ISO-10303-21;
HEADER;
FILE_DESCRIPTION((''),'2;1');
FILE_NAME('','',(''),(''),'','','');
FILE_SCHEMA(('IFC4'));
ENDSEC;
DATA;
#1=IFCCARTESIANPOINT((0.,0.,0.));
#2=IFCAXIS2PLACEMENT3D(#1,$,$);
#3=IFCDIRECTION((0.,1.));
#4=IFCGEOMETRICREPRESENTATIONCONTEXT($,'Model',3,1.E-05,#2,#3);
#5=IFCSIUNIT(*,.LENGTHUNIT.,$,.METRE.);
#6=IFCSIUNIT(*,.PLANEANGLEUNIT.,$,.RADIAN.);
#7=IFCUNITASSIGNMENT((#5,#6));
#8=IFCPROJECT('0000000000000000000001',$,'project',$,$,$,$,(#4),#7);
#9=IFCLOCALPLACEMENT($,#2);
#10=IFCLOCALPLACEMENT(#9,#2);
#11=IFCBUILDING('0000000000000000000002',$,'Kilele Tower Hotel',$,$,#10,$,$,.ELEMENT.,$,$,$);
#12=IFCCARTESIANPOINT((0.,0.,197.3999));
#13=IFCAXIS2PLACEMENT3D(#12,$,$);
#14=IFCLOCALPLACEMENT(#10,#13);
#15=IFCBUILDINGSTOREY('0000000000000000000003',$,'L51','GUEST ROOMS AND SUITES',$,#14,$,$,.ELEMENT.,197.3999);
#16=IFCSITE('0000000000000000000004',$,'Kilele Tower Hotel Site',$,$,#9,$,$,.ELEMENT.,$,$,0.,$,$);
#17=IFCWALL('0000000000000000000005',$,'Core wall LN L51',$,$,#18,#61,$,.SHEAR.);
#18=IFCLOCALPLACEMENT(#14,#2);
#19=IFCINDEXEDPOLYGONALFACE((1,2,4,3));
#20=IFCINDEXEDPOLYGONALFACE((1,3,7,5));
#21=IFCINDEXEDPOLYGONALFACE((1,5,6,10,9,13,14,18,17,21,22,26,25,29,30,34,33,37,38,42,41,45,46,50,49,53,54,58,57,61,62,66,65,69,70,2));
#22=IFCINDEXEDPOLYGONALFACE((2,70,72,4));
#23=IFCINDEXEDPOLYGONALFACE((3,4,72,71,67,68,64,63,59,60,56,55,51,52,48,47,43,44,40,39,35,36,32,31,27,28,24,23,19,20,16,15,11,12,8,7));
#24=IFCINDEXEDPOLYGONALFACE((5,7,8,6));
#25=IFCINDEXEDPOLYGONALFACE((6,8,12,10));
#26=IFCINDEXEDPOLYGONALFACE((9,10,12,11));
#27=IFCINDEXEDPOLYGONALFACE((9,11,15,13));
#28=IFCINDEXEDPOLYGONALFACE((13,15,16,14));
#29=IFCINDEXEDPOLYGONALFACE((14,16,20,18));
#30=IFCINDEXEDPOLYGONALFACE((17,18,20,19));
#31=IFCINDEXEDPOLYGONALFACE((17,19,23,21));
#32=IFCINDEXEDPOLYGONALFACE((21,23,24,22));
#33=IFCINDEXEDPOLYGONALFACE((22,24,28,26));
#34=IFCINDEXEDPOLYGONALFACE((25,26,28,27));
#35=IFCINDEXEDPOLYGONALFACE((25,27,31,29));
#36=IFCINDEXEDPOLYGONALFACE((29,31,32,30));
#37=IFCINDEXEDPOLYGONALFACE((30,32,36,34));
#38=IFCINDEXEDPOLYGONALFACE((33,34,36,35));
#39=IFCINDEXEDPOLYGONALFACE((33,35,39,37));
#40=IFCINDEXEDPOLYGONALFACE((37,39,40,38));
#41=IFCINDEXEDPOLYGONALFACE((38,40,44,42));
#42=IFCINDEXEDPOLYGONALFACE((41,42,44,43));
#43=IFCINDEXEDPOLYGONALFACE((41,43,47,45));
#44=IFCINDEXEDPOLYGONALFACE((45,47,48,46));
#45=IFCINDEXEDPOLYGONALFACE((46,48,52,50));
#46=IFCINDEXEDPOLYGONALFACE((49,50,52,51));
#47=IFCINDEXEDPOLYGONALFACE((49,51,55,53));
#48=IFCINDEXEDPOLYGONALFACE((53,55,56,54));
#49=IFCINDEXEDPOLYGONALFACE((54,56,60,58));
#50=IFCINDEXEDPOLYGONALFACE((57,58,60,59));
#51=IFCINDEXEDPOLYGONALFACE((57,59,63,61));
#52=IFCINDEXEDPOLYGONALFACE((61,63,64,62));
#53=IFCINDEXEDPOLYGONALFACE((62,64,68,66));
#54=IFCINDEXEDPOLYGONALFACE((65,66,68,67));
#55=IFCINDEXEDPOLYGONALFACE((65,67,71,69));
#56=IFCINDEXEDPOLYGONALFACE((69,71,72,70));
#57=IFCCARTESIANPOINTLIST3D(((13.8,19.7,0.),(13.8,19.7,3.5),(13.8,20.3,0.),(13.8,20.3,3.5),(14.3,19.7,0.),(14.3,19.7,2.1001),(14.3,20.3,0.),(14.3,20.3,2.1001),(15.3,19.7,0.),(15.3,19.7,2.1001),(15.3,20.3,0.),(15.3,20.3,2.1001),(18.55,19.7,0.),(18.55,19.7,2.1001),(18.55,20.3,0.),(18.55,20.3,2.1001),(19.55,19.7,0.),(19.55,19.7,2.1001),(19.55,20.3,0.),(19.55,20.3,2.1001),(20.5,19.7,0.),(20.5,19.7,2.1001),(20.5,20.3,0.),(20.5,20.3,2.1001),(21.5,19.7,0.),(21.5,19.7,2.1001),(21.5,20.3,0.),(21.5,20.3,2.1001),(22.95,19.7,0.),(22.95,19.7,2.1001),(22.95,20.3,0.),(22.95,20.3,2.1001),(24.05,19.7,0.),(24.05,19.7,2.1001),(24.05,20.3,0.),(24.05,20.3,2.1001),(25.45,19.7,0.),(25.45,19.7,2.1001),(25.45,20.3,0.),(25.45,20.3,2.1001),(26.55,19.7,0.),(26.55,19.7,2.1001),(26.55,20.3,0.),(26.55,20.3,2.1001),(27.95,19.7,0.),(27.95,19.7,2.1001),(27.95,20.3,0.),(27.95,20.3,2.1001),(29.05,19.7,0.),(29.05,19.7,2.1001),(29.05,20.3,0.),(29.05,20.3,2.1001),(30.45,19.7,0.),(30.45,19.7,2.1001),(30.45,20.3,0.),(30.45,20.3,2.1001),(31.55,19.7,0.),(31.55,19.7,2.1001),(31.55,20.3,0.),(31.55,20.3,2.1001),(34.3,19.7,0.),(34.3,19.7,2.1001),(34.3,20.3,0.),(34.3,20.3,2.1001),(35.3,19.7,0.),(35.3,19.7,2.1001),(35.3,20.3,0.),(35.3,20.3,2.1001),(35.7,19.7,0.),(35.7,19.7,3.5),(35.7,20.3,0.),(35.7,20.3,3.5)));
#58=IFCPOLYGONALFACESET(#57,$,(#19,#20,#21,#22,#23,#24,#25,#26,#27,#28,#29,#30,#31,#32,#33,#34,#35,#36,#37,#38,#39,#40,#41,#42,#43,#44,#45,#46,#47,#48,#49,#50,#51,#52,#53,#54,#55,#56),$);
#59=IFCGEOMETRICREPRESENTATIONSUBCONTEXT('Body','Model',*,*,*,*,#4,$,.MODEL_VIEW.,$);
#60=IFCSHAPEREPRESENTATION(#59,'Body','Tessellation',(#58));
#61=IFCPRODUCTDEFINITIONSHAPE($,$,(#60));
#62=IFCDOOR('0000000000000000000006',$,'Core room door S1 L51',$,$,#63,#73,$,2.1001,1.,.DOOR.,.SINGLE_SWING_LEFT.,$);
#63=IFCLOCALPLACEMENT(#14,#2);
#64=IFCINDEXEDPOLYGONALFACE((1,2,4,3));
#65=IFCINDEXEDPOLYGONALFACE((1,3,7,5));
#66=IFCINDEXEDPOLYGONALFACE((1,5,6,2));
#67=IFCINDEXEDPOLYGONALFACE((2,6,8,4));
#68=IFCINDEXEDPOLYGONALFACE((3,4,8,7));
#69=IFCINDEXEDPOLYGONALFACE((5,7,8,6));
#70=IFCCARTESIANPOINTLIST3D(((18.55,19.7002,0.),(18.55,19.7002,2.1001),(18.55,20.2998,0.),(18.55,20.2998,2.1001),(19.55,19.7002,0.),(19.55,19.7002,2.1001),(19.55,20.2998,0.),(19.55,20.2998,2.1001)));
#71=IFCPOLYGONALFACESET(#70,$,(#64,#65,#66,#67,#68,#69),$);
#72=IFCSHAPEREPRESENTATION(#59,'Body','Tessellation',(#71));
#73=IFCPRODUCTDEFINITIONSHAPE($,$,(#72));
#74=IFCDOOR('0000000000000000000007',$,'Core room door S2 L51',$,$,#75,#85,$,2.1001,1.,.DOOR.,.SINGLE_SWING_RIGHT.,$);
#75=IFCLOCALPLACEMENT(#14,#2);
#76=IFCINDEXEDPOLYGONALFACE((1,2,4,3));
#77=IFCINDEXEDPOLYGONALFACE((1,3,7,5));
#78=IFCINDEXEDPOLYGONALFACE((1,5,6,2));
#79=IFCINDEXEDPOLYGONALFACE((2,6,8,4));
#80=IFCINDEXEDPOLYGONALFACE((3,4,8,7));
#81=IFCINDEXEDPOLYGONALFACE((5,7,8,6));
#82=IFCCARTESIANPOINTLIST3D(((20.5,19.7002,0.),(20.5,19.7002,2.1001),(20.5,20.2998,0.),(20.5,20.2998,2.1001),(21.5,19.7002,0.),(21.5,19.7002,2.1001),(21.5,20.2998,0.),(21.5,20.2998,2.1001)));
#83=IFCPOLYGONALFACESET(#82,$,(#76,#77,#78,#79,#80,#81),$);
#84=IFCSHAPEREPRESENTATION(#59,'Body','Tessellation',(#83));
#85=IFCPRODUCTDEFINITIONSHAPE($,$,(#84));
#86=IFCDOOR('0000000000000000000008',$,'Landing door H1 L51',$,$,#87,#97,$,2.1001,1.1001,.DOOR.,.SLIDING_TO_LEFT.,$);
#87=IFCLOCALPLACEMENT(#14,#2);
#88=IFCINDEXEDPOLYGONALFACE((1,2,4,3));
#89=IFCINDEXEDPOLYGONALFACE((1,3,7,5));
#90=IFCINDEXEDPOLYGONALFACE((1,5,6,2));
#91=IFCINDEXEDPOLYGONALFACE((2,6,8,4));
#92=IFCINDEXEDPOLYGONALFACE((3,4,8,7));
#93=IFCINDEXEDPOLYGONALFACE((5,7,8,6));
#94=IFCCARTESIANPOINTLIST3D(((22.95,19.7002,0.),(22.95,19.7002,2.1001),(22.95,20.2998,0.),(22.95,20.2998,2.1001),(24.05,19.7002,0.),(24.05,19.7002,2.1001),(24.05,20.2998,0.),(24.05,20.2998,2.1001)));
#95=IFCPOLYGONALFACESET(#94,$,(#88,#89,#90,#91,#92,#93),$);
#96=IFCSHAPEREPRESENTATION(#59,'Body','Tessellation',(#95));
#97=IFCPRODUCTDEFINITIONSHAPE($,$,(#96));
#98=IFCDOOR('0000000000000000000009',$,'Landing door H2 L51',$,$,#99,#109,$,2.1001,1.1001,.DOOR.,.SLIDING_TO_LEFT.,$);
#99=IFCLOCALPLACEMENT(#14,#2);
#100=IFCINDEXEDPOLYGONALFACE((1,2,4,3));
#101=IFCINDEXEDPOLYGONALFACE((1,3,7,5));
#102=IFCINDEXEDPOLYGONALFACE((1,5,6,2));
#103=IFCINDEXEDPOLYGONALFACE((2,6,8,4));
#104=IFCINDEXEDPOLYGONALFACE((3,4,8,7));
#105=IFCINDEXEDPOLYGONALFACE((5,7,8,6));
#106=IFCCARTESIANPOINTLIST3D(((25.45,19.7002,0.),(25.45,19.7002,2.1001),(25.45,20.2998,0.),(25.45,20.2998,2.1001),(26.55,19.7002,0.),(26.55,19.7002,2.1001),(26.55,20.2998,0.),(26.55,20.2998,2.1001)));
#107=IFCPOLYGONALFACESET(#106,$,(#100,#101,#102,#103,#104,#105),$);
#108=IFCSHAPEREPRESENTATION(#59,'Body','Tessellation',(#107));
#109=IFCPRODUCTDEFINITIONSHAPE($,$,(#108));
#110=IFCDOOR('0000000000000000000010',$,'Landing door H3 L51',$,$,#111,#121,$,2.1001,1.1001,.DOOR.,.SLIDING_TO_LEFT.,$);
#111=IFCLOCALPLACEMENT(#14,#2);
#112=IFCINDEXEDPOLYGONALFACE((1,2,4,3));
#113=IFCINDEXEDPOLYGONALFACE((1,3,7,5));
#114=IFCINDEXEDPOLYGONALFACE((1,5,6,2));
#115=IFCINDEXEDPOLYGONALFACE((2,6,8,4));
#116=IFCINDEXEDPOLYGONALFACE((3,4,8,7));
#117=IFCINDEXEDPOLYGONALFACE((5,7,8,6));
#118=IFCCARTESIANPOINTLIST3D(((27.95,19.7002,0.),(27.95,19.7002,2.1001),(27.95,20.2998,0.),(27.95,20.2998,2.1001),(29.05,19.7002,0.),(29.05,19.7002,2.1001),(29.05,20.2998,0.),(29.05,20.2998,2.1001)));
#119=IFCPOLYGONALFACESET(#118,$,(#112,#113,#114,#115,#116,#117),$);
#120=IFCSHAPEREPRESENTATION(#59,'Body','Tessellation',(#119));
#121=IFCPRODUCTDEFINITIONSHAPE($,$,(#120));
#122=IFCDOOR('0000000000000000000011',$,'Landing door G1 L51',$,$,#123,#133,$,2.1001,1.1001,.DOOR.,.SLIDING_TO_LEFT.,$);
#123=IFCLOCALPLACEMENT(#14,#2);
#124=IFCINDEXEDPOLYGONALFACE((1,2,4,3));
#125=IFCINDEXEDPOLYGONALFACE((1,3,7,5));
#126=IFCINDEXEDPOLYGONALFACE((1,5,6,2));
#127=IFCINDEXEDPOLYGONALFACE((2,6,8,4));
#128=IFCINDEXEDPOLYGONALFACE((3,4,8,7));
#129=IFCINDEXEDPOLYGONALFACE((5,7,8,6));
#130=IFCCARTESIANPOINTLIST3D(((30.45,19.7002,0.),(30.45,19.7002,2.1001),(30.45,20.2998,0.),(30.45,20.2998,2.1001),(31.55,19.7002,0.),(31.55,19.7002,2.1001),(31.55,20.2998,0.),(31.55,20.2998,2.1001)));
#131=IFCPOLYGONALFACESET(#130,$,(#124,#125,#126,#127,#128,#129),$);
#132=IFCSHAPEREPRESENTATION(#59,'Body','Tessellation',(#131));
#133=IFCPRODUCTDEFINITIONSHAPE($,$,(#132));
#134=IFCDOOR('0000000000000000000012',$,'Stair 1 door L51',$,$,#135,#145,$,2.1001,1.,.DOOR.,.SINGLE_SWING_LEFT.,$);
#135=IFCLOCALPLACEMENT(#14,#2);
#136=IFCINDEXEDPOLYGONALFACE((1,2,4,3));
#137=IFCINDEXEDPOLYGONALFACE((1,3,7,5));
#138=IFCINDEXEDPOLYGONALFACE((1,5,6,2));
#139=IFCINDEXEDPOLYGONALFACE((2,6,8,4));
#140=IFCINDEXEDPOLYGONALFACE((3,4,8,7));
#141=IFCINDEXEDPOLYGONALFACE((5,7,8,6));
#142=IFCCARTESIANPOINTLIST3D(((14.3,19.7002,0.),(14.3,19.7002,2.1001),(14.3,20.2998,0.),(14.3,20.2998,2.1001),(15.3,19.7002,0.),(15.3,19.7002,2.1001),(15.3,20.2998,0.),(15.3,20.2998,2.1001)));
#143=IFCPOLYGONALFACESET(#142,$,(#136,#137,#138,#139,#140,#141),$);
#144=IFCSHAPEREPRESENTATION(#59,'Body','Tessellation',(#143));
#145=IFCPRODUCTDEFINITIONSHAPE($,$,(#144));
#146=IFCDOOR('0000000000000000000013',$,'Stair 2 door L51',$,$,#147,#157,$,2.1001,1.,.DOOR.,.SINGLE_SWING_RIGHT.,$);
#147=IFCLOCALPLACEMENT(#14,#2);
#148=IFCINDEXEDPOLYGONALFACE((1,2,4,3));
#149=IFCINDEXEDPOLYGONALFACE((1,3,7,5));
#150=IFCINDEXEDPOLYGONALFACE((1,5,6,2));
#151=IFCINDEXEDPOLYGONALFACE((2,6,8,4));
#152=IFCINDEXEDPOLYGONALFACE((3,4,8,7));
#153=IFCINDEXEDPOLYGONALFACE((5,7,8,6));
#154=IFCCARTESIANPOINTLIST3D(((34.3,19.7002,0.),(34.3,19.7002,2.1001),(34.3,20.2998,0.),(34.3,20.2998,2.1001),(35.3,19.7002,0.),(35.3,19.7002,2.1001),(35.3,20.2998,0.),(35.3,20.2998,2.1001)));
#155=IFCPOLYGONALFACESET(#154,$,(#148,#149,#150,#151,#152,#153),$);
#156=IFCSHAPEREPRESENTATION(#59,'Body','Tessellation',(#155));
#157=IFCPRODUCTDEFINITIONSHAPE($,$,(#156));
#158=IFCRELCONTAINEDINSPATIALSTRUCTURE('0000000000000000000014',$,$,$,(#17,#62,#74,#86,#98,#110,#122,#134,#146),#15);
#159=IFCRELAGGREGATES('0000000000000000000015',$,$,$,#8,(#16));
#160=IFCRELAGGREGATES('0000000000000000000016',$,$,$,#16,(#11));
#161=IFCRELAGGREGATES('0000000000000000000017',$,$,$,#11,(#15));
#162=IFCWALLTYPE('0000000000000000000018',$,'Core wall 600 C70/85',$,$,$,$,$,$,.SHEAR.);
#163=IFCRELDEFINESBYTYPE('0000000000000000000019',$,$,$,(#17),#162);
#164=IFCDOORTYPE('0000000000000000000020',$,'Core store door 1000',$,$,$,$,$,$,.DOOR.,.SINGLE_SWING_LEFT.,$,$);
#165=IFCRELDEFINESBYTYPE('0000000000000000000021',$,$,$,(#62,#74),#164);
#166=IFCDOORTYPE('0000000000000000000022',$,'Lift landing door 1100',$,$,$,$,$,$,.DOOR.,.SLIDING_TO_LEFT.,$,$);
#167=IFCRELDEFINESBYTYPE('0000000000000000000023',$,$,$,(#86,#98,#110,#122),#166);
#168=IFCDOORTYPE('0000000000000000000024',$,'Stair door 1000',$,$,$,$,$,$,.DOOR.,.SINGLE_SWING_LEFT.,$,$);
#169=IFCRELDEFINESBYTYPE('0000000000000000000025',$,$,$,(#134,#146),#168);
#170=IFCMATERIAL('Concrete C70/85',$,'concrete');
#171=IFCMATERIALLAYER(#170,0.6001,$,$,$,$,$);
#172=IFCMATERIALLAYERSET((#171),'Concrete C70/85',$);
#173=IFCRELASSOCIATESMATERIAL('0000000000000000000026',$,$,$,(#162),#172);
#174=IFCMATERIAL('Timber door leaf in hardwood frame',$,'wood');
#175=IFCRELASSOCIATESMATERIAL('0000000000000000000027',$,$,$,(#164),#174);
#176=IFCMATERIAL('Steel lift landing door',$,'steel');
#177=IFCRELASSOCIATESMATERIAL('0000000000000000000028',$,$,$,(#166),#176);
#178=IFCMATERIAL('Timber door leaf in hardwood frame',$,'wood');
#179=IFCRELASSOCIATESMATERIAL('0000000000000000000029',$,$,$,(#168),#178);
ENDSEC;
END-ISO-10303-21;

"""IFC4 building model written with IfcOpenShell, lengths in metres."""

from ifc_helpers import new_model, si_unit, direction, frame, frame_2d, origin, place, context, subcontext, project, spatial, rectangle, extrude, material, layer, layer_set, type_object, element, fill, save


model = new_model("IFC4")

# Units and contexts
model_context = context("Model", 3, precision=1e-05, world=origin(), true_north=direction((0.0, 1.0)))
body_context = subcontext(model_context, "Body", "Model", "MODEL_VIEW")
ifc_project = project(units=[si_unit("LENGTHUNIT", "METRE"), si_unit("PLANEANGLEUNIT", "RADIAN")], contexts=[model_context])

# Site, building, storey
site_placement = place(None, origin())
site = spatial("IfcSite", under=ifc_project, at=site_placement, Name="Kilele Tower Hotel Site", CompositionType="ELEMENT", RefElevation=0.0)
building_placement = place(site_placement, origin())
building = spatial("IfcBuilding", under=site, at=building_placement, Name="Kilele Tower Hotel", CompositionType="ELEMENT")
storey_placement = place(building_placement, frame((0.0, 0.0, 197.3999)))
storey = spatial("IfcBuildingStorey", under=building, at=storey_placement, Name="L51", Description="GUEST ROOMS AND SUITES", CompositionType="ELEMENT", Elevation=197.3999)

# Wall, openings, doors
ifc_material_1 = material(Name="Concrete C70/85", Category="concrete")
ifc_layer_1 = layer(ifc_material_1, 0.6001)
ifc_layer_set_1 = layer_set([ifc_layer_1], Name="Concrete C70/85")
wall_type_1 = type_object("IfcWallType", Name="Core wall 600 C70/85", PredefinedType="SHEAR", material=ifc_layer_set_1)
wall_1_placement = place(storey_placement, frame((13.8, 20.0, 0.0), z_axis=(0.0, 0.0, 1.0), x_axis=(1.0, 0.0, 0.0)))
wall_1 = element("IfcWall", 1, at=wall_1_placement, inside=storey, type_object=wall_type_1, Name="Core wall LN L51", PredefinedType="SHEAR", context=body_context, shape_type="SweptSolid", body=[
    extrude(rectangle(XDim=21.8999, YDim=0.6001, at=frame_2d((10.95, 0.0))), origin(), (0.0, 0.0, 1.0), 3.5),
])
opening_1_placement = place(wall_1_placement, frame((0.5, 0.0, 0.0)))
opening_1 = element("IfcOpeningElement", 2, at=opening_1_placement, cuts=wall_1, PredefinedType="OPENING", context=body_context, shape_type="SweptSolid", body=[
    extrude(rectangle(XDim=1.0, YDim=2.1001, at=frame_2d((0.5, 1.05))), frame((0.0, 0.3101, 0.0), z_axis=(0.0, -1.0, 0.0), x_axis=(1.0, 0.0, 0.0)), (0.0, 0.0, 1.0), 0.6201),
])
opening_2_placement = place(wall_1_placement, frame((20.5, 0.0, 0.0)))
opening_2 = element("IfcOpeningElement", 3, at=opening_2_placement, cuts=wall_1, PredefinedType="OPENING", context=body_context, shape_type="SweptSolid", body=[
    extrude(rectangle(XDim=1.0, YDim=2.1001, at=frame_2d((0.5, 1.05))), frame((0.0, 0.3101, 0.0), z_axis=(0.0, -1.0, 0.0), x_axis=(1.0, 0.0, 0.0)), (0.0, 0.0, 1.0), 0.6201),
])
opening_3_placement = place(wall_1_placement, frame((9.1499, 0.0, 0.0)))
opening_3 = element("IfcOpeningElement", 4, at=opening_3_placement, cuts=wall_1, PredefinedType="OPENING", context=body_context, shape_type="SweptSolid", body=[
    extrude(rectangle(XDim=1.1001, YDim=2.1001, at=frame_2d((0.55, 1.05))), frame((0.0, 0.3101, 0.0), z_axis=(0.0, -1.0, 0.0), x_axis=(1.0, 0.0, 0.0)), (0.0, 0.0, 1.0), 0.6201),
])
opening_4_placement = place(wall_1_placement, frame((11.6499, 0.0, 0.0)))
opening_4 = element("IfcOpeningElement", 5, at=opening_4_placement, cuts=wall_1, PredefinedType="OPENING", context=body_context, shape_type="SweptSolid", body=[
    extrude(rectangle(XDim=1.1001, YDim=2.1001, at=frame_2d((0.55, 1.05))), frame((0.0, 0.3101, 0.0), z_axis=(0.0, -1.0, 0.0), x_axis=(1.0, 0.0, 0.0)), (0.0, 0.0, 1.0), 0.6201),
])
opening_5_placement = place(wall_1_placement, frame((14.1499, 0.0, 0.0)))
opening_5 = element("IfcOpeningElement", 6, at=opening_5_placement, cuts=wall_1, PredefinedType="OPENING", context=body_context, shape_type="SweptSolid", body=[
    extrude(rectangle(XDim=1.1001, YDim=2.1001, at=frame_2d((0.55, 1.05))), frame((0.0, 0.3101, 0.0), z_axis=(0.0, -1.0, 0.0), x_axis=(1.0, 0.0, 0.0)), (0.0, 0.0, 1.0), 0.6201),
])
opening_6_placement = place(wall_1_placement, frame((16.6499, 0.0, 0.0)))
opening_6 = element("IfcOpeningElement", 7, at=opening_6_placement, cuts=wall_1, PredefinedType="OPENING", context=body_context, shape_type="SweptSolid", body=[
    extrude(rectangle(XDim=1.1001, YDim=2.1001, at=frame_2d((0.55, 1.05))), frame((0.0, 0.3101, 0.0), z_axis=(0.0, -1.0, 0.0), x_axis=(1.0, 0.0, 0.0)), (0.0, 0.0, 1.0), 0.6201),
])
opening_7_placement = place(wall_1_placement, frame((4.75, 0.0, 0.0)))
opening_7 = element("IfcOpeningElement", 8, at=opening_7_placement, cuts=wall_1, PredefinedType="OPENING", context=body_context, shape_type="SweptSolid", body=[
    extrude(rectangle(XDim=1.0, YDim=2.1001, at=frame_2d((0.5, 1.05))), frame((0.0, 0.3101, 0.0), z_axis=(0.0, -1.0, 0.0), x_axis=(1.0, 0.0, 0.0)), (0.0, 0.0, 1.0), 0.6201),
])
opening_8_placement = place(wall_1_placement, frame((6.7, 0.0, 0.0)))
opening_8 = element("IfcOpeningElement", 9, at=opening_8_placement, cuts=wall_1, PredefinedType="OPENING", context=body_context, shape_type="SweptSolid", body=[
    extrude(rectangle(XDim=1.0, YDim=2.1001, at=frame_2d((0.5, 1.05))), frame((0.0, 0.3101, 0.0), z_axis=(0.0, -1.0, 0.0), x_axis=(1.0, 0.0, 0.0)), (0.0, 0.0, 1.0), 0.6201),
])
ifc_material_2 = material(Name="Timber door leaf in hardwood frame", Category="wood")
door_type_1 = type_object("IfcDoorType", Name="Core store door 1000", OperationType="SINGLE_SWING_LEFT", PredefinedType="DOOR", material=ifc_material_2)
door_1_placement = place(opening_7_placement, origin())
door_1 = element("IfcDoor", 10, at=door_1_placement, inside=storey, type_object=door_type_1, Name="Core room door S1 L51", OperationType="SINGLE_SWING_LEFT", OverallHeight=2.1001, OverallWidth=1.0, PredefinedType="DOOR", context=body_context, shape_type="SweptSolid", body=[
    extrude(rectangle(XDim=1.0, YDim=2.1001, at=frame_2d((0.5, 1.05))), frame((0.0, 0.2998, 0.0), z_axis=(0.0, -1.0, 0.0), x_axis=(1.0, 0.0, 0.0)), (0.0, 0.0, 1.0), 0.5996),
])
fill(opening_7, door_1)
door_2_placement = place(opening_8_placement, origin())
door_2 = element("IfcDoor", 11, at=door_2_placement, inside=storey, type_object=door_type_1, Name="Core room door S2 L51", OperationType="SINGLE_SWING_RIGHT", OverallHeight=2.1001, OverallWidth=1.0, PredefinedType="DOOR", context=body_context, shape_type="SweptSolid", body=[
    extrude(rectangle(XDim=1.0, YDim=2.1001, at=frame_2d((0.5, 1.05))), frame((0.0, 0.2998, 0.0), z_axis=(0.0, -1.0, 0.0), x_axis=(1.0, 0.0, 0.0)), (0.0, 0.0, 1.0), 0.5996),
])
fill(opening_8, door_2)
ifc_material_3 = material(Name="Steel lift landing door", Category="steel")
door_type_2 = type_object("IfcDoorType", Name="Lift landing door 1100", OperationType="SLIDING_TO_LEFT", PredefinedType="DOOR", material=ifc_material_3)
door_3_placement = place(opening_3_placement, origin())
door_3 = element("IfcDoor", 12, at=door_3_placement, inside=storey, type_object=door_type_2, Name="Landing door H1 L51", OperationType="SLIDING_TO_LEFT", OverallHeight=2.1001, OverallWidth=1.1001, PredefinedType="DOOR", context=body_context, shape_type="SweptSolid", body=[
    extrude(rectangle(XDim=1.1001, YDim=2.1001, at=frame_2d((0.55, 1.05))), frame((0.0, 0.2998, 0.0), z_axis=(0.0, -1.0, 0.0), x_axis=(1.0, 0.0, 0.0)), (0.0, 0.0, 1.0), 0.5996),
])
fill(opening_3, door_3)
door_4_placement = place(opening_4_placement, origin())
door_4 = element("IfcDoor", 13, at=door_4_placement, inside=storey, type_object=door_type_2, Name="Landing door H2 L51", OperationType="SLIDING_TO_LEFT", OverallHeight=2.1001, OverallWidth=1.1001, PredefinedType="DOOR", context=body_context, shape_type="SweptSolid", body=[
    extrude(rectangle(XDim=1.1001, YDim=2.1001, at=frame_2d((0.55, 1.05))), frame((0.0, 0.2998, 0.0), z_axis=(0.0, -1.0, 0.0), x_axis=(1.0, 0.0, 0.0)), (0.0, 0.0, 1.0), 0.5996),
])
fill(opening_4, door_4)
door_5_placement = place(opening_5_placement, origin())
door_5 = element("IfcDoor", 14, at=door_5_placement, inside=storey, type_object=door_type_2, Name="Landing door H3 L51", OperationType="SLIDING_TO_LEFT", OverallHeight=2.1001, OverallWidth=1.1001, PredefinedType="DOOR", context=body_context, shape_type="SweptSolid", body=[
    extrude(rectangle(XDim=1.1001, YDim=2.1001, at=frame_2d((0.55, 1.05))), frame((0.0, 0.2998, 0.0), z_axis=(0.0, -1.0, 0.0), x_axis=(1.0, 0.0, 0.0)), (0.0, 0.0, 1.0), 0.5996),
])
fill(opening_5, door_5)
door_6_placement = place(opening_6_placement, origin())
door_6 = element("IfcDoor", 15, at=door_6_placement, inside=storey, type_object=door_type_2, Name="Landing door G1 L51", OperationType="SLIDING_TO_LEFT", OverallHeight=2.1001, OverallWidth=1.1001, PredefinedType="DOOR", context=body_context, shape_type="SweptSolid", body=[
    extrude(rectangle(XDim=1.1001, YDim=2.1001, at=frame_2d((0.55, 1.05))), frame((0.0, 0.2998, 0.0), z_axis=(0.0, -1.0, 0.0), x_axis=(1.0, 0.0, 0.0)), (0.0, 0.0, 1.0), 0.5996),
])
fill(opening_6, door_6)
ifc_material_4 = material(Name="Timber door leaf in hardwood frame", Category="wood")
door_type_3 = type_object("IfcDoorType", Name="Stair door 1000", OperationType="SINGLE_SWING_LEFT", PredefinedType="DOOR", material=ifc_material_4)
door_7_placement = place(opening_1_placement, origin())
door_7 = element("IfcDoor", 16, at=door_7_placement, inside=storey, type_object=door_type_3, Name="Stair 1 door L51", OperationType="SINGLE_SWING_LEFT", OverallHeight=2.1001, OverallWidth=1.0, PredefinedType="DOOR", context=body_context, shape_type="SweptSolid", body=[
    extrude(rectangle(XDim=1.0, YDim=2.1001, at=frame_2d((0.5, 1.05))), frame((0.0, 0.2998, 0.0), z_axis=(0.0, -1.0, 0.0), x_axis=(1.0, 0.0, 0.0)), (0.0, 0.0, 1.0), 0.5996),
])
fill(opening_1, door_7)
door_8_placement = place(opening_2_placement, origin())
door_8 = element("IfcDoor", 17, at=door_8_placement, inside=storey, type_object=door_type_3, Name="Stair 2 door L51", OperationType="SINGLE_SWING_RIGHT", OverallHeight=2.1001, OverallWidth=1.0, PredefinedType="DOOR", context=body_context, shape_type="SweptSolid", body=[
    extrude(rectangle(XDim=1.0, YDim=2.1001, at=frame_2d((0.5, 1.05))), frame((0.0, 0.2998, 0.0), z_axis=(0.0, -1.0, 0.0), x_axis=(1.0, 0.0, 0.0)), (0.0, 0.0, 1.0), 0.5996),
])
fill(opening_2, door_8)

save(model, "model.ifc")
